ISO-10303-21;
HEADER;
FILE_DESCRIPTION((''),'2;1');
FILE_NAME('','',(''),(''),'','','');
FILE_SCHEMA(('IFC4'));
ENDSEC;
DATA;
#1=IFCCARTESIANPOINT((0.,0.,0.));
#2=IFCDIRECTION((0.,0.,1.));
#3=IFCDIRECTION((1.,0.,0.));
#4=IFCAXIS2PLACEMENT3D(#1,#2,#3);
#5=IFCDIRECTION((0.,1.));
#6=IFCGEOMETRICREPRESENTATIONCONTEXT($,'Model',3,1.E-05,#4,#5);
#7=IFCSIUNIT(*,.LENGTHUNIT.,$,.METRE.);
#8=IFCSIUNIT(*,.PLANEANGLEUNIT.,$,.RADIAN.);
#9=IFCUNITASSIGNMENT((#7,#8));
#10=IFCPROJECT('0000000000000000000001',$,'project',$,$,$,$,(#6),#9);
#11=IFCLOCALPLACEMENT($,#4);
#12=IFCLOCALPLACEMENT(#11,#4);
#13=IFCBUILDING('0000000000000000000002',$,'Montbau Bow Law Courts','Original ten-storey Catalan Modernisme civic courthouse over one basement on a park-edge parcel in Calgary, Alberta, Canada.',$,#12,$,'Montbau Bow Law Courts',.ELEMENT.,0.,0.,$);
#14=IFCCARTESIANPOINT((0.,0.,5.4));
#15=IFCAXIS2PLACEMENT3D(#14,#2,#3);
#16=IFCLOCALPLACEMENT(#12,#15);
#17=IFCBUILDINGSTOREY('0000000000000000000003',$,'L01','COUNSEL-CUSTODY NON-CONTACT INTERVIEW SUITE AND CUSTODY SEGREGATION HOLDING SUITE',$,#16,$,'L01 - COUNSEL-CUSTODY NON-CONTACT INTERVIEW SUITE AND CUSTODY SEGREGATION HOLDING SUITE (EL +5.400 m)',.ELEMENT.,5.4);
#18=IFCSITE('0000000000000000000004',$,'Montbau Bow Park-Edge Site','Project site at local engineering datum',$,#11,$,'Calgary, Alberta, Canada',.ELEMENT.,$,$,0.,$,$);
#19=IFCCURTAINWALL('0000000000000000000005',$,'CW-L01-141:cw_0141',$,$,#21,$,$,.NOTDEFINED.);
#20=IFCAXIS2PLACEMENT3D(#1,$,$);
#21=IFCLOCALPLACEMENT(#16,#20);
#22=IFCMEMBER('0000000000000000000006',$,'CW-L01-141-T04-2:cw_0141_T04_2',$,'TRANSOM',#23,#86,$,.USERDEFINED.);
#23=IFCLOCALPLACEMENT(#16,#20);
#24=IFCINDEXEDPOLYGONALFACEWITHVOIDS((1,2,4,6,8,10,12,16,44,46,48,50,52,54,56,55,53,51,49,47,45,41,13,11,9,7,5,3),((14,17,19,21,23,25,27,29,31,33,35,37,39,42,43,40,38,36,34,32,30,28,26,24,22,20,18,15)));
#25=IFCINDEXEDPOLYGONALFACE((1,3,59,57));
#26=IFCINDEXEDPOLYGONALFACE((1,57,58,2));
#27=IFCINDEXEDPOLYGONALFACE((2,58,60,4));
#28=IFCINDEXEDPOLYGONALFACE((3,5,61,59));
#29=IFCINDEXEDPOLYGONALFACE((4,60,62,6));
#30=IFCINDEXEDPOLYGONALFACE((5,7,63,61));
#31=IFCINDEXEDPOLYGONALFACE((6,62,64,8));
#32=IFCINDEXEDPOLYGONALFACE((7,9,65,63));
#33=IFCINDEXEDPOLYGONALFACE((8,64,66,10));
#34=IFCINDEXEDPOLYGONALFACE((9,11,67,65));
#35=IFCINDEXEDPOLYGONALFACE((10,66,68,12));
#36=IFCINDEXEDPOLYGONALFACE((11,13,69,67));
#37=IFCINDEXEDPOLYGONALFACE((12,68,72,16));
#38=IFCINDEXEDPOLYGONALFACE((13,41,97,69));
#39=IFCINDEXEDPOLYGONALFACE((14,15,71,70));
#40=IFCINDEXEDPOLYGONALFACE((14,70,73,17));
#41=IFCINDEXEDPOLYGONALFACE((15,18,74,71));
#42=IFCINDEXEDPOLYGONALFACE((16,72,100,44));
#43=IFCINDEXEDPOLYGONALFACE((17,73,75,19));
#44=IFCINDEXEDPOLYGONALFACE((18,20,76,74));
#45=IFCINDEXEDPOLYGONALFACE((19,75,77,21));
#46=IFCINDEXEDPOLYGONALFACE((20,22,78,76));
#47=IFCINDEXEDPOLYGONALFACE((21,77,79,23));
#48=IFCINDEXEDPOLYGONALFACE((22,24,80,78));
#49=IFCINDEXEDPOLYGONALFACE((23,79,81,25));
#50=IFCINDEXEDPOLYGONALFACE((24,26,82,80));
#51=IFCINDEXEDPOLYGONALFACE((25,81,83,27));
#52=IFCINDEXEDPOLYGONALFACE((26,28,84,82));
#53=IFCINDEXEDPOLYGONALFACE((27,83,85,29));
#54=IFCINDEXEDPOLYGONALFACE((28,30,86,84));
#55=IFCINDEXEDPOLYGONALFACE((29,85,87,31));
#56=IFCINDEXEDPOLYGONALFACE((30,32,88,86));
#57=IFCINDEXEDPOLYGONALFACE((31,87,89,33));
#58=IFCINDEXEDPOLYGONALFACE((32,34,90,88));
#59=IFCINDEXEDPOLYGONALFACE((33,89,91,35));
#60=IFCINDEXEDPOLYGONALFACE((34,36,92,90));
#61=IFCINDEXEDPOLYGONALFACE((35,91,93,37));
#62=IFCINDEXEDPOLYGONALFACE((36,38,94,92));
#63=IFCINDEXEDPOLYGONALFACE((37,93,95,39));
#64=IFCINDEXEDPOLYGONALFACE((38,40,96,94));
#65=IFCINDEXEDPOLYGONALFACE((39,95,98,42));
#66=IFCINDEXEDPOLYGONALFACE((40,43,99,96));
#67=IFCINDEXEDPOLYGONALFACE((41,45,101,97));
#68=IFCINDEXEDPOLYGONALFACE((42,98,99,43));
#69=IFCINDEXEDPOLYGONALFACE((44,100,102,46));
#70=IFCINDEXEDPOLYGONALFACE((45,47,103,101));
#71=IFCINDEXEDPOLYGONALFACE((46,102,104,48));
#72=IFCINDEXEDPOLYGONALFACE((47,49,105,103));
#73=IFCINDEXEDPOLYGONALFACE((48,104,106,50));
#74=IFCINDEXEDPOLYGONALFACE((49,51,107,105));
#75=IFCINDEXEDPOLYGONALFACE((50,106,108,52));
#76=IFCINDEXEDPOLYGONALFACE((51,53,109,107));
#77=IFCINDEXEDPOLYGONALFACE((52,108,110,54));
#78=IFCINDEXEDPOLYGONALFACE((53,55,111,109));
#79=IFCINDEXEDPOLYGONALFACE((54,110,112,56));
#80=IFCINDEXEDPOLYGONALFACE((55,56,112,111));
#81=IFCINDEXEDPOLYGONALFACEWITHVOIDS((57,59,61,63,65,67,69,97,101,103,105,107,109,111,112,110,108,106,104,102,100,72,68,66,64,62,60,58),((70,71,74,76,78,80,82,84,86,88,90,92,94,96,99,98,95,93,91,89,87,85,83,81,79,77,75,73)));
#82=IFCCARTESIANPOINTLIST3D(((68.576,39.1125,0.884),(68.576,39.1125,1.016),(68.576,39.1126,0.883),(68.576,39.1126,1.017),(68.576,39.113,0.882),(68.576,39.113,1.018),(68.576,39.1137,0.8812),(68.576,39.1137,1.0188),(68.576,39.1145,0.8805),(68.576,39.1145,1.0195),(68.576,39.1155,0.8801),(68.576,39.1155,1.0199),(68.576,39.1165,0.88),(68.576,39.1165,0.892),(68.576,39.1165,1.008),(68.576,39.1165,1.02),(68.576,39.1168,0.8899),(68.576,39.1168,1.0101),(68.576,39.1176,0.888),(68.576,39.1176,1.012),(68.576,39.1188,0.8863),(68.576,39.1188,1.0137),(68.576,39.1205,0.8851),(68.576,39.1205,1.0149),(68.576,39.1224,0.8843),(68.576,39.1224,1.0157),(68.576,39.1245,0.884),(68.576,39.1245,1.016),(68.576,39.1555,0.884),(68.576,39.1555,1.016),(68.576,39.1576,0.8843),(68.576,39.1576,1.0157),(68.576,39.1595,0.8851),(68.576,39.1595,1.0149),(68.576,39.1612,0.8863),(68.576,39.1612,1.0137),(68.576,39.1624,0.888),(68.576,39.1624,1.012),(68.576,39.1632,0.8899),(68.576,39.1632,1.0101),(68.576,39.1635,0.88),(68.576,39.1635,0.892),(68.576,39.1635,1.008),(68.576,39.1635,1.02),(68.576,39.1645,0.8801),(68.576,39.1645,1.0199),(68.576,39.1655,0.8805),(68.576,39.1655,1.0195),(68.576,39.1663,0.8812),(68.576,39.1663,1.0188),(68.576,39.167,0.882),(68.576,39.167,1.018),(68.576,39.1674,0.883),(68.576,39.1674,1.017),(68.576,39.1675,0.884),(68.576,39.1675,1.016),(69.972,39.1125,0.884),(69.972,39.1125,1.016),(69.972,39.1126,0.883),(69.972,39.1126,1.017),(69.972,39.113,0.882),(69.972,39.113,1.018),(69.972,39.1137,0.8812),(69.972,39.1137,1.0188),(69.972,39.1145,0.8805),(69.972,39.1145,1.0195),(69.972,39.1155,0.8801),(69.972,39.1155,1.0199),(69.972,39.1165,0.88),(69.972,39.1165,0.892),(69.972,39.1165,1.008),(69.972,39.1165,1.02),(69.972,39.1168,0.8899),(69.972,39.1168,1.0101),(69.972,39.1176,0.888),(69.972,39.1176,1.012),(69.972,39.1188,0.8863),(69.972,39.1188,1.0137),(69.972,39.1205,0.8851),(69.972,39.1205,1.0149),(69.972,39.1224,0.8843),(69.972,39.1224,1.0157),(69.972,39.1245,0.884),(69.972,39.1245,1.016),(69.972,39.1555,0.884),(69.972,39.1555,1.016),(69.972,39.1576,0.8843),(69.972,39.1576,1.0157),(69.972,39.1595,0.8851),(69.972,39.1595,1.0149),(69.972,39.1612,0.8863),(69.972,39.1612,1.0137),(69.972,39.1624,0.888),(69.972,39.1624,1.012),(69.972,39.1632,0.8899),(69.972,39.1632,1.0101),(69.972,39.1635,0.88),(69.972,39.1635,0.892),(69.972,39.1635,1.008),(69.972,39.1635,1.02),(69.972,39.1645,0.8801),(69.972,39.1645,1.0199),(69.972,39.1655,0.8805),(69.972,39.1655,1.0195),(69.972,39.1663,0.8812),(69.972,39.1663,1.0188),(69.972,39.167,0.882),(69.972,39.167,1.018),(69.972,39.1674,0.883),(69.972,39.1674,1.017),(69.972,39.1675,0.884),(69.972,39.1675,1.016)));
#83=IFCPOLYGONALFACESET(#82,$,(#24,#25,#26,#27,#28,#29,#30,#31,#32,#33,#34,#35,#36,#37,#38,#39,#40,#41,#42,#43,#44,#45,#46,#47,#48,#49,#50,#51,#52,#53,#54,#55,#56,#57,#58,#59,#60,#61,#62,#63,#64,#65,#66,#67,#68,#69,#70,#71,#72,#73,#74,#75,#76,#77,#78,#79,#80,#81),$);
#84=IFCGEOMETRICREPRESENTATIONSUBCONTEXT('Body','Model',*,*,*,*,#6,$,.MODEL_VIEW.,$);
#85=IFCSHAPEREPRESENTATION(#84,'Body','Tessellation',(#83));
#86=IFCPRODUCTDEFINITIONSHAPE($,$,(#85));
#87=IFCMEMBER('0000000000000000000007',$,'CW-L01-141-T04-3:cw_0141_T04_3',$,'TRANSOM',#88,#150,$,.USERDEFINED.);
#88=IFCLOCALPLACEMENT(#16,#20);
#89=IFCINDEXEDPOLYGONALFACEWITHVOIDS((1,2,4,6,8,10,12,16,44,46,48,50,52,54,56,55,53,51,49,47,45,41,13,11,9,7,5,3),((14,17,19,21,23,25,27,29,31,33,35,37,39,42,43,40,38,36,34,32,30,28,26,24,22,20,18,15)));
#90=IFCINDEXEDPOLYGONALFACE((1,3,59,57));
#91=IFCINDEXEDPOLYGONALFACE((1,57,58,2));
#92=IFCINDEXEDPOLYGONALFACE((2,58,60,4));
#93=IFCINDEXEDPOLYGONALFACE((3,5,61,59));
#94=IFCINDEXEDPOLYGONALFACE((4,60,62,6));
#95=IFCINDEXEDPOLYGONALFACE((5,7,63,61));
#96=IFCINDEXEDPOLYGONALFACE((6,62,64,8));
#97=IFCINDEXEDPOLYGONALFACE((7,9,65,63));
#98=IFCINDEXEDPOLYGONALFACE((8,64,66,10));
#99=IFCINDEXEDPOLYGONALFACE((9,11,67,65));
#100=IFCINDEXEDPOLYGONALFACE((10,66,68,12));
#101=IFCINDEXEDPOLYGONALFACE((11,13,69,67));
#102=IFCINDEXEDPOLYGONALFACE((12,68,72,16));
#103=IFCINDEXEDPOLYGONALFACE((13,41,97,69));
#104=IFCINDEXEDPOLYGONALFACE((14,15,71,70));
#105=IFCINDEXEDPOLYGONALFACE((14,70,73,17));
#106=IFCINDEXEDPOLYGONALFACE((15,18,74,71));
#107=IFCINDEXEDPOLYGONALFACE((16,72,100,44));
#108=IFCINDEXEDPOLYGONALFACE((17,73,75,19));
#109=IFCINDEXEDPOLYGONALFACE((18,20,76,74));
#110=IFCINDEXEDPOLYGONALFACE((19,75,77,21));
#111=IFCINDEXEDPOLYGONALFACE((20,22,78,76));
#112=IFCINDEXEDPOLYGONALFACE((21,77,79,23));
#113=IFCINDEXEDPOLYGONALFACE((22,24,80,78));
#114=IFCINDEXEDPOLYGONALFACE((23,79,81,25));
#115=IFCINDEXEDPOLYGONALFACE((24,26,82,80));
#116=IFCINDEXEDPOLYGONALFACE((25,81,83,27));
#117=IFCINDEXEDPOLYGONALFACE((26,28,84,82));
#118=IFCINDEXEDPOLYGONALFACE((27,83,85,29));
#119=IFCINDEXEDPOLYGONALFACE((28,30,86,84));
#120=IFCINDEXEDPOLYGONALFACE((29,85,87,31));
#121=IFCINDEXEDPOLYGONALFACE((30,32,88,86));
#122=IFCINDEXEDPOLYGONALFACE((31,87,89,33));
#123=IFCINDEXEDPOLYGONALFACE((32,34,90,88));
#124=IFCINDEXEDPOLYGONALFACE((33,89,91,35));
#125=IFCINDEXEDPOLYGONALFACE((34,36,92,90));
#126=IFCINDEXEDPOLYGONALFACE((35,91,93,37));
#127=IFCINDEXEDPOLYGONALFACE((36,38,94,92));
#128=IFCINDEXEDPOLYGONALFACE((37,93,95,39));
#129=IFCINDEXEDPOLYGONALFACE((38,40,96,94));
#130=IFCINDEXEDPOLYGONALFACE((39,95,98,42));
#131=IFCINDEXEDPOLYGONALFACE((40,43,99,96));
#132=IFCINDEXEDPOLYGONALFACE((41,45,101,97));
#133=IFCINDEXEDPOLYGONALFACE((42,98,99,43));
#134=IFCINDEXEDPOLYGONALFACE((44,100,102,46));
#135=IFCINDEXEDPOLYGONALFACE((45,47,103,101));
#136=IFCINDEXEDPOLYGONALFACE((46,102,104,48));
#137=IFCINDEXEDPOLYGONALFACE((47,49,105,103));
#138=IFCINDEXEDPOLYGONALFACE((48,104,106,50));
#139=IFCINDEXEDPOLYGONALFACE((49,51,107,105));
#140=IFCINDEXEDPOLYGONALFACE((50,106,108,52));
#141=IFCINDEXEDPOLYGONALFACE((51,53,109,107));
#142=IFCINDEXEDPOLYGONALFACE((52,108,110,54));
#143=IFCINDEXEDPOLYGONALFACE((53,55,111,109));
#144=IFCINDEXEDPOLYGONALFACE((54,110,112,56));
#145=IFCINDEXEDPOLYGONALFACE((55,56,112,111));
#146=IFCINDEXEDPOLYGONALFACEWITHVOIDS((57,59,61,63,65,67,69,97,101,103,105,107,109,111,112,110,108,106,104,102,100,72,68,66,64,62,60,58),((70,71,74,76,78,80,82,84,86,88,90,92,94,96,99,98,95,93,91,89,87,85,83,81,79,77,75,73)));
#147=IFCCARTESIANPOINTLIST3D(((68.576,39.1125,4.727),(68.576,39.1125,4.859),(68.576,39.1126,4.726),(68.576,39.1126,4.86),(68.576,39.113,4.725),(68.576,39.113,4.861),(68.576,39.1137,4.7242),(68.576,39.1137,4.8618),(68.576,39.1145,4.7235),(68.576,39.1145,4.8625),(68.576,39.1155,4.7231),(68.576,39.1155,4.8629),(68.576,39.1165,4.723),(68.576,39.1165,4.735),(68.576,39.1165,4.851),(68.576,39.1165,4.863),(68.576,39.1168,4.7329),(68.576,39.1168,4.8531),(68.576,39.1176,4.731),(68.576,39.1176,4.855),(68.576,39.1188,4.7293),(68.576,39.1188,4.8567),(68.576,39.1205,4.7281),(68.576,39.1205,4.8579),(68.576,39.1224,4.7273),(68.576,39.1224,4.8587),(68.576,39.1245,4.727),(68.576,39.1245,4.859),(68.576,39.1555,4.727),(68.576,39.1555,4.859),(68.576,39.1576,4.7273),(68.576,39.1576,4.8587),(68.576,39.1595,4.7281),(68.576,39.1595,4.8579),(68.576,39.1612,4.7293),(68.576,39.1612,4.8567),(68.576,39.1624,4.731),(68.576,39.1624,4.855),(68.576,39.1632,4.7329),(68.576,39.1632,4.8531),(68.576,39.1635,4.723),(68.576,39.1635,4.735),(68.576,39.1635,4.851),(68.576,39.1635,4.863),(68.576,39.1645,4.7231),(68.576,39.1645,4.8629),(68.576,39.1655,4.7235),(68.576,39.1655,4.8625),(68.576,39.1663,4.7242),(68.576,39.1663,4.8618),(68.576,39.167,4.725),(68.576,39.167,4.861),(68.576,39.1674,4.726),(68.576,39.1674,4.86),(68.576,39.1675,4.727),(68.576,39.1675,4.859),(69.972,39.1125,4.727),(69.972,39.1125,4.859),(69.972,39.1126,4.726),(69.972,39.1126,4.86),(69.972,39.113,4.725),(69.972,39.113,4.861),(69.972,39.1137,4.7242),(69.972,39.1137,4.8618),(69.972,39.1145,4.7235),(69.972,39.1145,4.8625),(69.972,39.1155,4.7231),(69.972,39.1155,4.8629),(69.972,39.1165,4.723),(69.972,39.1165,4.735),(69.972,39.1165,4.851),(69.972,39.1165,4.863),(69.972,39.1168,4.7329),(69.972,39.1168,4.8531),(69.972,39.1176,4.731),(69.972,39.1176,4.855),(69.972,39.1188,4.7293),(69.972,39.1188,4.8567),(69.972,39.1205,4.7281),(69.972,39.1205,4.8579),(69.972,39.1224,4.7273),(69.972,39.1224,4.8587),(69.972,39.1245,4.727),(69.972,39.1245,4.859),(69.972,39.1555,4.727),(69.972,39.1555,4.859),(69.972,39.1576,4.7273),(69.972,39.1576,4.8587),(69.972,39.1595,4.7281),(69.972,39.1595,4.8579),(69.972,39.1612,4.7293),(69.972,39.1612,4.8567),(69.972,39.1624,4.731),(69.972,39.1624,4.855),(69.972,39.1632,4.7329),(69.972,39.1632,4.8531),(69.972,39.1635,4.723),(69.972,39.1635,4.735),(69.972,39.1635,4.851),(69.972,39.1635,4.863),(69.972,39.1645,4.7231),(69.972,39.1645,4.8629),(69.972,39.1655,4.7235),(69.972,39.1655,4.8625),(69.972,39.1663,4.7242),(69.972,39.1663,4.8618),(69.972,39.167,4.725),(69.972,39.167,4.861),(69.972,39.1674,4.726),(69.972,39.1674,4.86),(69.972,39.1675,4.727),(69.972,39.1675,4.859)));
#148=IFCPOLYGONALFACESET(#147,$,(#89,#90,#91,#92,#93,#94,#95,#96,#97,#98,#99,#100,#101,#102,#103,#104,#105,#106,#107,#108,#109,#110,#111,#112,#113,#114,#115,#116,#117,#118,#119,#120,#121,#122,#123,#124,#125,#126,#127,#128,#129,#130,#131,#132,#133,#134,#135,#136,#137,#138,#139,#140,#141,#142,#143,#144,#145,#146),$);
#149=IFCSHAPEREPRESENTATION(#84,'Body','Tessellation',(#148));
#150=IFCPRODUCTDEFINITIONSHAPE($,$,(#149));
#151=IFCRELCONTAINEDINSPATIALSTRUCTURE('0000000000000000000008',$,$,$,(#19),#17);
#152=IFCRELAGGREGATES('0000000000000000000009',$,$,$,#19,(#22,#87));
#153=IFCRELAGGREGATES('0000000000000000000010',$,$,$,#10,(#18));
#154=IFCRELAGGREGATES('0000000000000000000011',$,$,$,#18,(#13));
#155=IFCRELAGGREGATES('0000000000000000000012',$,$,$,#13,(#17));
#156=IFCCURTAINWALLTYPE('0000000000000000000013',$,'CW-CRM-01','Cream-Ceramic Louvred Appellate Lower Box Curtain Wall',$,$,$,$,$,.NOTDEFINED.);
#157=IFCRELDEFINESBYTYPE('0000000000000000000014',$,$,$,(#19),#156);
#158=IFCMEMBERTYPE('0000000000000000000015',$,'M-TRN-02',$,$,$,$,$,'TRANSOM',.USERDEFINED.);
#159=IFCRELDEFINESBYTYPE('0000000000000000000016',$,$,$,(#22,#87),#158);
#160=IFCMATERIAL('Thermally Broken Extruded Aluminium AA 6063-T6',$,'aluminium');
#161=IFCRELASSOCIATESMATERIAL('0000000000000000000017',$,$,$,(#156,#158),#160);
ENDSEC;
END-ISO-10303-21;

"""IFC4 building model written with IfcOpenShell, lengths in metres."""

from ifc_helpers import new_model, si_unit, direction, frame, origin_with_axes, origin_2d_with_axis, place, context, subcontext, project, spatial, hollow_rectangle, extrude, material, material_profile, profile_set, type_object, element, aggregate, save


model = new_model("IFC4")

# Units and contexts
model_context = context("Model", 3, precision=1e-05, world=origin_with_axes(), true_north=direction((0.0, 1.0)))
body_context = subcontext(model_context, "Body", "Model", "MODEL_VIEW")
ifc_project = project(units=[si_unit("LENGTHUNIT", "METRE"), si_unit("PLANEANGLEUNIT", "RADIAN")], contexts=[model_context])

# Site, building, storey
site_placement = place(None, origin_with_axes())
site = spatial("IfcSite", under=ifc_project, at=site_placement, Name="Montbau Bow Park-Edge Site", Description="Project site at local engineering datum", LongName="Calgary, Alberta, Canada", CompositionType="ELEMENT", RefElevation=0.0)
building_placement = place(site_placement, origin_with_axes())
building = spatial("IfcBuilding", under=site, at=building_placement, Name="Montbau Bow Law Courts", Description="Original ten-storey Catalan Modernisme civic courthouse over one basement on a park-edge parcel in Calgary, Alberta, Canada.", LongName="Montbau Bow Law Courts", CompositionType="ELEMENT", ElevationOfRefHeight=0.0, ElevationOfTerrain=0.0)
storey_placement = place(building_placement, frame((0.0, 0.0, 5.4), z_axis=(0.0, 0.0, 1.0), x_axis=(1.0, 0.0, 0.0)))
storey = spatial("IfcBuildingStorey", under=building, at=storey_placement, Name="L01", Description="COUNSEL-CUSTODY NON-CONTACT INTERVIEW SUITE AND CUSTODY SEGREGATION HOLDING SUITE", LongName="L01 - COUNSEL-CUSTODY NON-CONTACT INTERVIEW SUITE AND CUSTODY SEGREGATION HOLDING SUITE (EL +5.400 m)", CompositionType="ELEMENT", Elevation=5.4)

# Curtain wall
ifc_material_1 = material(Name="Thermally Broken Extruded Aluminium AA 6063-T6", Category="aluminium")
curtain_wall_type = type_object("IfcCurtainWallType", Name="CW-CRM-01", Description="Cream-Ceramic Louvred Appellate Lower Box Curtain Wall", PredefinedType="NOTDEFINED", material=ifc_material_1)
curtain_wall_1_placement = place(None, frame((64.115, 39.14, 5.4), z_axis=(0.0, 0.0, 1.0), x_axis=(1.0, 0.0, 0.0)))
curtain_wall_1 = element("IfcCurtainWall", 1, at=curtain_wall_1_placement, inside=storey, type_object=curtain_wall_type, Name="CW-L01-141:cw_0141", PredefinedType="NOTDEFINED")

# Members
ifc_material_profile_1 = material_profile(ifc_material_1, hollow_rectangle(XDim=0.055, YDim=0.14, WallThickness=0.004, InnerFilletRadius=0.008, OuterFilletRadius=0.004, at=origin_2d_with_axis()), Name="CWT-140X55", Category="Main", Priority=0)
ifc_profile_set_1 = profile_set([ifc_material_profile_1], Name="Thermally Broken Extruded Aluminium AA 6063-T6")
member_type_1 = type_object("IfcMemberType", Name="M-TRN-02", ElementType="TRANSOM", PredefinedType="USERDEFINED", material=ifc_profile_set_1)
member_1_placement = place(None, frame((68.576, 39.14, 6.35), z_axis=(1.0, 0.0, 0.0), x_axis=(0.0, 1.0, 0.0)))
member_1 = element("IfcMember", 2, at=member_1_placement, type_object=member_type_1, Name="CW-L01-141-T04-2:cw_0141_T04_2", ObjectType="TRANSOM", PredefinedType="USERDEFINED", context=body_context, shape_type="SweptSolid", body=[
    extrude(hollow_rectangle(XDim=0.055, YDim=0.14, WallThickness=0.004, InnerFilletRadius=0.008, OuterFilletRadius=0.004, at=origin_2d_with_axis()), origin_with_axes(), (0.0, 0.0, 1.0), 1.396),
])
member_2_placement = place(None, frame((68.576, 39.14, 10.193), z_axis=(1.0, 0.0, 0.0), x_axis=(0.0, 1.0, 0.0)))
member_2 = element("IfcMember", 3, at=member_2_placement, type_object=member_type_1, Name="CW-L01-141-T04-3:cw_0141_T04_3", ObjectType="TRANSOM", PredefinedType="USERDEFINED", context=body_context, shape_type="SweptSolid", body=[
    extrude(hollow_rectangle(XDim=0.055, YDim=0.14, WallThickness=0.004, InnerFilletRadius=0.008, OuterFilletRadius=0.004, at=origin_2d_with_axis()), origin_with_axes(), (0.0, 0.0, 1.0), 1.396),
])

aggregate(curtain_wall_1, [member_1, member_2])

save(model, "model.ifc")
